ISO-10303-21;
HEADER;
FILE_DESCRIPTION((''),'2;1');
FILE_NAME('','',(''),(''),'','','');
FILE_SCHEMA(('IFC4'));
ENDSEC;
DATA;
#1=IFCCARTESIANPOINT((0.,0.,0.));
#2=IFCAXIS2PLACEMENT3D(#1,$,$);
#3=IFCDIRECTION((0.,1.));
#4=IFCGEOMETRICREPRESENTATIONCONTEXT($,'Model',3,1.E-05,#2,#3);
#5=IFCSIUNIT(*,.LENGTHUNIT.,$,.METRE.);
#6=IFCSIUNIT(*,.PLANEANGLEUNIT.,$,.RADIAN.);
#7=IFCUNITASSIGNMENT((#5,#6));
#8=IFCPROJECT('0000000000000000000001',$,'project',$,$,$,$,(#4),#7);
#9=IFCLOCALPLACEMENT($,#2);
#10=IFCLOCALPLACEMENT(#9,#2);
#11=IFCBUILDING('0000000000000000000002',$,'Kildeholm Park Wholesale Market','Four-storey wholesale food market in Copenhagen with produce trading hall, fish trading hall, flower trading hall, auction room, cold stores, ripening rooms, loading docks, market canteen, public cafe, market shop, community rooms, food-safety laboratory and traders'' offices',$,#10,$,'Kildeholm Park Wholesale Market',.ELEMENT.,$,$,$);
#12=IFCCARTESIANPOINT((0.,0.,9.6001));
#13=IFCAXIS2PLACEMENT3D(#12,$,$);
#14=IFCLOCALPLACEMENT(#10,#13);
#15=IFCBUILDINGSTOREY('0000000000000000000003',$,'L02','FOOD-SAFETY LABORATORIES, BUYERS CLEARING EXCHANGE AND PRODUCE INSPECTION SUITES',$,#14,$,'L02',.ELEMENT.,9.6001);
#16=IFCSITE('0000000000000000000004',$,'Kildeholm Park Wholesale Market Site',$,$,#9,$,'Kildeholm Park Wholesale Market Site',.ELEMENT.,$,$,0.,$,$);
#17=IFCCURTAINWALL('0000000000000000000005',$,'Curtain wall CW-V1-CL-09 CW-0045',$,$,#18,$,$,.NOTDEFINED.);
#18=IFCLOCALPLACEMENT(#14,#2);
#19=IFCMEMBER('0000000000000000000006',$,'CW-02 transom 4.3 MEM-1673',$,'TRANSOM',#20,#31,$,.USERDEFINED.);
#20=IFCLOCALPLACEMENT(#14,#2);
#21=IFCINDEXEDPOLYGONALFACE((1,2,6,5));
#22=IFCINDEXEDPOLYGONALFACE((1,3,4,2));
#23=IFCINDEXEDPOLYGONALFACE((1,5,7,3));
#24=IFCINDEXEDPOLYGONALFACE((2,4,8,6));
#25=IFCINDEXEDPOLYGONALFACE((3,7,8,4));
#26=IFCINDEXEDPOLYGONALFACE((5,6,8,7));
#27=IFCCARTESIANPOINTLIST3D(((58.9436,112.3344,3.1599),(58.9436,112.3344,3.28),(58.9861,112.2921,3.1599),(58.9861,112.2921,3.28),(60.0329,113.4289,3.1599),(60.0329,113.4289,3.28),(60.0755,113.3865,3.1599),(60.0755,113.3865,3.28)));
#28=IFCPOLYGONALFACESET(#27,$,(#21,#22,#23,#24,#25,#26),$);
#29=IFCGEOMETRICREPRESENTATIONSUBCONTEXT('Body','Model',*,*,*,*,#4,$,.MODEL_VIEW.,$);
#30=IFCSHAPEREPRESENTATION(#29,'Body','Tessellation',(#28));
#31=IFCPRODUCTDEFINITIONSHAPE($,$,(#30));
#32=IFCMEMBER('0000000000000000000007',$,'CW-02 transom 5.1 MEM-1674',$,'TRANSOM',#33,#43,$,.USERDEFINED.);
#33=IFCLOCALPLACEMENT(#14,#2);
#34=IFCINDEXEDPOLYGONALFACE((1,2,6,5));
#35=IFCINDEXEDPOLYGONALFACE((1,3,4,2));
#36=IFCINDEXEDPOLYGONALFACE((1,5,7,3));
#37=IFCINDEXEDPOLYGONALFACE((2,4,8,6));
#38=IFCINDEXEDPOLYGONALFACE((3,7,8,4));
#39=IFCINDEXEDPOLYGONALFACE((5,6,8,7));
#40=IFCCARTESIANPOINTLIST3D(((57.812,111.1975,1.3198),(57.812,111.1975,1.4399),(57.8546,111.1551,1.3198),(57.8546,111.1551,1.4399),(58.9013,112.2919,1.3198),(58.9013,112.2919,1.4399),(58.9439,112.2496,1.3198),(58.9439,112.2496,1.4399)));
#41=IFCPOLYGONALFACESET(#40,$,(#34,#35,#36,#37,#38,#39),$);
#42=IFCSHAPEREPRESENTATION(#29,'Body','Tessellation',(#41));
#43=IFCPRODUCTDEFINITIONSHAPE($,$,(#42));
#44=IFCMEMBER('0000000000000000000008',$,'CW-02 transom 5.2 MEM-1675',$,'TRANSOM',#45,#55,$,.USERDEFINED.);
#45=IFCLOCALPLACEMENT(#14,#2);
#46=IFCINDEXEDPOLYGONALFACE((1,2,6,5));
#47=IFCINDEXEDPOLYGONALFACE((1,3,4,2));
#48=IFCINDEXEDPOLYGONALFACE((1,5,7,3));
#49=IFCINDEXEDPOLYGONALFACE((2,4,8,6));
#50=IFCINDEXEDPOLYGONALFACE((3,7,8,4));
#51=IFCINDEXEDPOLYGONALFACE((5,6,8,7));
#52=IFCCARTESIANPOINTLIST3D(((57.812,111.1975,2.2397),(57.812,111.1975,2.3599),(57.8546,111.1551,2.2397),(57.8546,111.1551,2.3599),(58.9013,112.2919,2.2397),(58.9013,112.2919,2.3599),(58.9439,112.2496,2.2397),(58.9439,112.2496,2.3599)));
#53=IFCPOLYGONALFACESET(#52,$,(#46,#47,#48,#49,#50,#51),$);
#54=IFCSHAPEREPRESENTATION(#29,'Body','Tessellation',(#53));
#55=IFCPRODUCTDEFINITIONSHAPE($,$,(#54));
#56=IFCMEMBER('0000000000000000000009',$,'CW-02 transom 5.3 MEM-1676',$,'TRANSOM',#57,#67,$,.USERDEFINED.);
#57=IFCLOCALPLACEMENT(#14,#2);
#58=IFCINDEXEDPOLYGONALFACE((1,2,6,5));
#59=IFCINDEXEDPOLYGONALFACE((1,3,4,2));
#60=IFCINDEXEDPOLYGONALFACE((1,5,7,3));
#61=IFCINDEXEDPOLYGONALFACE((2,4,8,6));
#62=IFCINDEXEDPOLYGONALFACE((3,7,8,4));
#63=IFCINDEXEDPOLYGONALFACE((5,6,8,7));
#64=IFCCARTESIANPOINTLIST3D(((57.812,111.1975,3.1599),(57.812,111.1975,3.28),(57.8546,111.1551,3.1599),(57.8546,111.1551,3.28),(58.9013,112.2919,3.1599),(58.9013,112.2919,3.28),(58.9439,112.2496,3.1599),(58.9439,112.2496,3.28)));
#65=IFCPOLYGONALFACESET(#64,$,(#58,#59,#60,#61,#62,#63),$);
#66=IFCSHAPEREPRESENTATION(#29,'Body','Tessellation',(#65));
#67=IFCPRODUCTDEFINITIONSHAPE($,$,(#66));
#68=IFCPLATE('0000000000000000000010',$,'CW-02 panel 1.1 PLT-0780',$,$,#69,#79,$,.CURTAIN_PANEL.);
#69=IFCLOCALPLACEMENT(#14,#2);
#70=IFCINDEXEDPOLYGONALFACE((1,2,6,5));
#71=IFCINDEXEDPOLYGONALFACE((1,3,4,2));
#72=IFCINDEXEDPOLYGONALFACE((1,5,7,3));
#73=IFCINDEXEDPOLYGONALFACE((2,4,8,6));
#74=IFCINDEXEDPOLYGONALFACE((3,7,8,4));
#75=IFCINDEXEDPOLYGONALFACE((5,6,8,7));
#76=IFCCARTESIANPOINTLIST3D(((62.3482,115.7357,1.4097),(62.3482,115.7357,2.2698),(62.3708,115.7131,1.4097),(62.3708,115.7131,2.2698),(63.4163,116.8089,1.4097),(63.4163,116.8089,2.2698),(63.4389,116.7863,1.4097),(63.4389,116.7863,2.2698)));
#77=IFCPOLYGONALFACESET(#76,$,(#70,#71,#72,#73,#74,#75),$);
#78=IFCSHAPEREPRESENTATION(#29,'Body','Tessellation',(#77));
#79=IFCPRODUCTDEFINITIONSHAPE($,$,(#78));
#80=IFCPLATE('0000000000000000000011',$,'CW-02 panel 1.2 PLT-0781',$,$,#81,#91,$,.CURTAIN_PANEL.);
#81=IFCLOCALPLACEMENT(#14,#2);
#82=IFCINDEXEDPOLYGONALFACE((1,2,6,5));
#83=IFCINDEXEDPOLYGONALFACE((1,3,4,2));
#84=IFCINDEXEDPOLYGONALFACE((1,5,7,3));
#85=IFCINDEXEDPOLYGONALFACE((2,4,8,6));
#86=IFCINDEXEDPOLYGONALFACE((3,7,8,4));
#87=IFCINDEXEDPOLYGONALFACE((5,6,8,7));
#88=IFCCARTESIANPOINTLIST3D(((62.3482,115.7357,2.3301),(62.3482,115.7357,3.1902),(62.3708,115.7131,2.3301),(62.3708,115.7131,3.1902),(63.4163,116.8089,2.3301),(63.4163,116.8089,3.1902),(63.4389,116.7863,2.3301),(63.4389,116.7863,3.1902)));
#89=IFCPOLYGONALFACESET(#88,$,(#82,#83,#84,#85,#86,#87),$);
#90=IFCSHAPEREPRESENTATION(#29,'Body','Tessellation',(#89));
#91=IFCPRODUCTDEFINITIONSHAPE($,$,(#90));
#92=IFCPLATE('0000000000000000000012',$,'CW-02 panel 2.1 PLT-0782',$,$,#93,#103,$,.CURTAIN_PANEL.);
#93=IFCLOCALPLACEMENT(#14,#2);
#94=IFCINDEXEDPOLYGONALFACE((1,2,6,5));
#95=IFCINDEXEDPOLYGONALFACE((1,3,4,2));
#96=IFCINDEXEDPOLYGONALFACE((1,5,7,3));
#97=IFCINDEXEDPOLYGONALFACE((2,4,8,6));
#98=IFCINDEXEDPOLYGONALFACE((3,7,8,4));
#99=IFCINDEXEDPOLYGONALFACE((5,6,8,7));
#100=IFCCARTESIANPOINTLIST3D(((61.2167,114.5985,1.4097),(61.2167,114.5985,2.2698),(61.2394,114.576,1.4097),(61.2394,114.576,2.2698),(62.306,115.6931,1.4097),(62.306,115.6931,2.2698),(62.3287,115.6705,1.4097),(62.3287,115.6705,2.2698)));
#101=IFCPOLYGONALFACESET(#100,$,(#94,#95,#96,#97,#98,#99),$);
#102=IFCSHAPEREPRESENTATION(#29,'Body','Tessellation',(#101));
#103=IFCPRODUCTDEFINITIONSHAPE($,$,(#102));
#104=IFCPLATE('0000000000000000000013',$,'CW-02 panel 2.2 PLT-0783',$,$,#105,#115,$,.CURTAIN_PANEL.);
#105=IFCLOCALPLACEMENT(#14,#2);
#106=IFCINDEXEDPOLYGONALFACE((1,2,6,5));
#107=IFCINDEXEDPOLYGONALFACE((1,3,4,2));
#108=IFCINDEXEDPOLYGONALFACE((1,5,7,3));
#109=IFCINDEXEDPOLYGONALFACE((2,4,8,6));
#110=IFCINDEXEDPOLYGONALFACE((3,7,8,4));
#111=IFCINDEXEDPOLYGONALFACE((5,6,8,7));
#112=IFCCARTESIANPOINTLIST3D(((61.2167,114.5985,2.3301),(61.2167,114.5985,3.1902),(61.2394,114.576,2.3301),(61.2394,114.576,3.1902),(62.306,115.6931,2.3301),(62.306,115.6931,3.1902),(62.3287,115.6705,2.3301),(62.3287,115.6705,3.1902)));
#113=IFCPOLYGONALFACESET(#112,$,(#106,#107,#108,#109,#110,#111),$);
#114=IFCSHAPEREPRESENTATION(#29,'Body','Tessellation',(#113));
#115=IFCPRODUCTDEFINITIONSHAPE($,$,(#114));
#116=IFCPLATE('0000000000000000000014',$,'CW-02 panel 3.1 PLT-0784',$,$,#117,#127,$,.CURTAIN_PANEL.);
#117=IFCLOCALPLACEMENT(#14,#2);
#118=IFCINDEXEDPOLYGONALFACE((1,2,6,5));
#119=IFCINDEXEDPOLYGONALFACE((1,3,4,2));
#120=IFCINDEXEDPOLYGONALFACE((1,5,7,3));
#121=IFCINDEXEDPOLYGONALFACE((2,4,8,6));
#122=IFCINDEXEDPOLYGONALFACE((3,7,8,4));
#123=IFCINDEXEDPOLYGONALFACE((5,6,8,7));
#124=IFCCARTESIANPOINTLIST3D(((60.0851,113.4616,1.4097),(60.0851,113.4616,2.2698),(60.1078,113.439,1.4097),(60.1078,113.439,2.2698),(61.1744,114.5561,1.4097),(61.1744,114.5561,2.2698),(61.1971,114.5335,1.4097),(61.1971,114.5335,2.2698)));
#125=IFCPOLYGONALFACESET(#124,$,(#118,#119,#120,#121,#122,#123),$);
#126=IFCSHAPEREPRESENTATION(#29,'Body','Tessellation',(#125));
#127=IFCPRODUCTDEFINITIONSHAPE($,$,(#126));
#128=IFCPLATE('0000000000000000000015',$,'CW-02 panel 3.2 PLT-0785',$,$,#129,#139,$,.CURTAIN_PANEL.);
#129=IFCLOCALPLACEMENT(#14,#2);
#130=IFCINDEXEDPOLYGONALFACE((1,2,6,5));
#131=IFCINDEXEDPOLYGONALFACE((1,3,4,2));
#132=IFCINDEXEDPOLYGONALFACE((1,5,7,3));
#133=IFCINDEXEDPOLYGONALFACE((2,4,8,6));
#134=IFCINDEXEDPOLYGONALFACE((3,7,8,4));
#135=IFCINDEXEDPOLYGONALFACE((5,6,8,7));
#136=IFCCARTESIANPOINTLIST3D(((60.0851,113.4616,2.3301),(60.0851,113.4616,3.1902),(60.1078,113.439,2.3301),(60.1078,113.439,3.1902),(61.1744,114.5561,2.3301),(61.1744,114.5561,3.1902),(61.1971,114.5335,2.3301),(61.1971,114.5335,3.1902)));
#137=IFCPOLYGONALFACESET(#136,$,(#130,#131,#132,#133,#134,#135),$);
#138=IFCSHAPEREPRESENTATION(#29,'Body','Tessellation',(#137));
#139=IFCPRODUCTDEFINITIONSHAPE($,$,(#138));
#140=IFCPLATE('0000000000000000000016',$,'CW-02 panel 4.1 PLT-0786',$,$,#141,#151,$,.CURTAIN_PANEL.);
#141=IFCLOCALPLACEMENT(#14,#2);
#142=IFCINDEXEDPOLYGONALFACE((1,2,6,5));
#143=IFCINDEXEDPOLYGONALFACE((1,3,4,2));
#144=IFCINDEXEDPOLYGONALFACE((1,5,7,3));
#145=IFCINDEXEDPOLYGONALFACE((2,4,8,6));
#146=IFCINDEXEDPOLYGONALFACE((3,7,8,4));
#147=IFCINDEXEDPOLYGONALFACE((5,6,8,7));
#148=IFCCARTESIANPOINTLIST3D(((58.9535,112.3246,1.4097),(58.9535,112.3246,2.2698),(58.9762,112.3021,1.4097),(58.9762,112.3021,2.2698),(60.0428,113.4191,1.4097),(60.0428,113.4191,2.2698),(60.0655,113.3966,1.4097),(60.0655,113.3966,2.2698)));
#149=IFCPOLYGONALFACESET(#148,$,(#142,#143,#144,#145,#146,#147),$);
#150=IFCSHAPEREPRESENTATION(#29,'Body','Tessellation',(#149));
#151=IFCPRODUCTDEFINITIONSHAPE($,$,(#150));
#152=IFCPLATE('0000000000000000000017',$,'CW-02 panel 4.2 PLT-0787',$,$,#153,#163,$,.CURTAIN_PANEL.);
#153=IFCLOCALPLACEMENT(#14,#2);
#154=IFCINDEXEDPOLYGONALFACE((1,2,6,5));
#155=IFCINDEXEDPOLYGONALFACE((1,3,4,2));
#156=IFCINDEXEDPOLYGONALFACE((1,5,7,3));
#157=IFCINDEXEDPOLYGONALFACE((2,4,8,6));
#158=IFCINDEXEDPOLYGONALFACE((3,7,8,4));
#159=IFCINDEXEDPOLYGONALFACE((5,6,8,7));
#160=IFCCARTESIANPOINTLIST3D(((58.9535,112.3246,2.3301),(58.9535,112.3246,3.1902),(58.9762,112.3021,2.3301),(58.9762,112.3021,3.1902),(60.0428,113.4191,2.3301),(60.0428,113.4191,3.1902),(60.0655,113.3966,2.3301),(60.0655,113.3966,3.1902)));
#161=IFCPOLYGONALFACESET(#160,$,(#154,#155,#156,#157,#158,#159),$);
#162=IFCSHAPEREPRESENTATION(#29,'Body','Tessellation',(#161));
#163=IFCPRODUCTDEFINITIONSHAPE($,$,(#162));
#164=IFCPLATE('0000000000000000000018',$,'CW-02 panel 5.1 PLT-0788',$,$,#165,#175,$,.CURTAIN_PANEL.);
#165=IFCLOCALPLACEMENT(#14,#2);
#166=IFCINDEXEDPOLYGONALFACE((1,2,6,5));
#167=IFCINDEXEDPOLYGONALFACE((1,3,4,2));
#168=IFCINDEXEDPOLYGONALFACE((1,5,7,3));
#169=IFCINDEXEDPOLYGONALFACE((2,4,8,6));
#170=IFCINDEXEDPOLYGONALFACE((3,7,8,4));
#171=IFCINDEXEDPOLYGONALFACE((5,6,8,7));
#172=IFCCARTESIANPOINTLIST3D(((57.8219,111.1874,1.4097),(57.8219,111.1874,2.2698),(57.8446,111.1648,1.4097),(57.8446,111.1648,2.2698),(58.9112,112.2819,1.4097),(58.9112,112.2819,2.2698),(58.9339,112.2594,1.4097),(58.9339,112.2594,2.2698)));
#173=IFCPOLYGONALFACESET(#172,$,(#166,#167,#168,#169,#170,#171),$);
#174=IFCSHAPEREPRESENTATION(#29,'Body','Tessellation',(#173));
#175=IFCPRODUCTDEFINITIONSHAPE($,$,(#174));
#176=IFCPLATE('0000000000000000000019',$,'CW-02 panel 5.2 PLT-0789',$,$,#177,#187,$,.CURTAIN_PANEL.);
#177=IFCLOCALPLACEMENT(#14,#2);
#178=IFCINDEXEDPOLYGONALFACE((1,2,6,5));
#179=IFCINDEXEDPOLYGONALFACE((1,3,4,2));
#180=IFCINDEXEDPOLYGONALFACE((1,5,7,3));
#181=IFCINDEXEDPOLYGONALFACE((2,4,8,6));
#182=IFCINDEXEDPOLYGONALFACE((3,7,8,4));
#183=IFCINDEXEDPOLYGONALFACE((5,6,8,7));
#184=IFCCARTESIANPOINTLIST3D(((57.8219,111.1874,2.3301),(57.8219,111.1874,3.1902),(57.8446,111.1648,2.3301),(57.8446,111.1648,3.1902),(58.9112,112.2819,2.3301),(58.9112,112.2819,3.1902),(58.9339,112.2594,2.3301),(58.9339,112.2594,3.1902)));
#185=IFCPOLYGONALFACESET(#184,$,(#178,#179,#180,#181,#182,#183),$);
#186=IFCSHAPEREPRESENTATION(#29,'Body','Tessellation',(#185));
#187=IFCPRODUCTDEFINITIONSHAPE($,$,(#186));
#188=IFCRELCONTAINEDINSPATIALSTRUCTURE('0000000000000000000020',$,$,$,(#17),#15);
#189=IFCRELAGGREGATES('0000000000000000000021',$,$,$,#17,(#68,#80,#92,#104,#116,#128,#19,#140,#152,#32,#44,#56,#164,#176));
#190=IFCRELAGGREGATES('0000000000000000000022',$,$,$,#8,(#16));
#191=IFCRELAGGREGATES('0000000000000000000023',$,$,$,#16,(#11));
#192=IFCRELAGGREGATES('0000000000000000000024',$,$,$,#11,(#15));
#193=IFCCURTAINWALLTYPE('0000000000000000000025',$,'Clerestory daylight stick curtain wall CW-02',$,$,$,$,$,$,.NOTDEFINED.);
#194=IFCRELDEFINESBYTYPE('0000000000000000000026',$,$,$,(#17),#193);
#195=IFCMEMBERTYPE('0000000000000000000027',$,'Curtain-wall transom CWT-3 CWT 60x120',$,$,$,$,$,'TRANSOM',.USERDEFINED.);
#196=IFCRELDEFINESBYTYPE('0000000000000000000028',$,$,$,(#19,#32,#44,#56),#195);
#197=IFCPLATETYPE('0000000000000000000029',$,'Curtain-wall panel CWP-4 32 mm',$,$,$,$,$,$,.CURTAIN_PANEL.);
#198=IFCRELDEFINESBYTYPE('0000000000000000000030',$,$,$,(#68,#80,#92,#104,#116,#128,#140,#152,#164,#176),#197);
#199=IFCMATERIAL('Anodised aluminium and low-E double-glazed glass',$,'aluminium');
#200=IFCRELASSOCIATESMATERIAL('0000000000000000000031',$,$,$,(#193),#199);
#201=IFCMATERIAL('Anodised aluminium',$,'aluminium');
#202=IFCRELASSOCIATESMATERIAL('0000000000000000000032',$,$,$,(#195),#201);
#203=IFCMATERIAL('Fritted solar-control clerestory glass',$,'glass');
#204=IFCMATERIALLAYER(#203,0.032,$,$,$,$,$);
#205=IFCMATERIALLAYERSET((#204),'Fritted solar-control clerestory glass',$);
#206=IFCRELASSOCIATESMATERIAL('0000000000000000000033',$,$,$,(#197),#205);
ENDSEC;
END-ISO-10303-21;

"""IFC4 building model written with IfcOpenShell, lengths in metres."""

from ifc_helpers import new_model, si_unit, direction, frame, origin, origin_2d, place, context, subcontext, project, spatial, rectangle, extrude, material, layer, layer_set, material_profile, profile_set, type_object, element, aggregate, save


model = new_model("IFC4")

# Units and contexts
model_context = context("Model", 3, precision=1e-05, world=origin(), true_north=direction((0.0, 1.0)))
body_context = subcontext(model_context, "Body", "Model", "MODEL_VIEW")
ifc_project = project(units=[si_unit("LENGTHUNIT", "METRE"), si_unit("PLANEANGLEUNIT", "RADIAN")], contexts=[model_context])

# Site, building, storey
site_placement = place(None, origin())
site = spatial("IfcSite", under=ifc_project, at=site_placement, Name="Kildeholm Park Wholesale Market Site", LongName="Kildeholm Park Wholesale Market Site", CompositionType="ELEMENT", RefElevation=0.0)
building_placement = place(site_placement, origin())
building = spatial("IfcBuilding", under=site, at=building_placement, Name="Kildeholm Park Wholesale Market", Description="Four-storey wholesale food market in Copenhagen with produce trading hall, fish trading hall, flower trading hall, auction room, cold stores, ripening rooms, loading docks, market canteen, public cafe, market shop, community rooms, food-safety laboratory and traders' offices", LongName="Kildeholm Park Wholesale Market", CompositionType="ELEMENT")
storey_placement = place(building_placement, frame((0.0, 0.0, 9.6001)))
storey = spatial("IfcBuildingStorey", under=building, at=storey_placement, Name="L02", Description="FOOD-SAFETY LABORATORIES, BUYERS CLEARING EXCHANGE AND PRODUCE INSPECTION SUITES", LongName="L02", CompositionType="ELEMENT", Elevation=9.6001)

# Curtain wall, members, plates
ifc_material_1 = material(Name="Anodised aluminium and low-E double-glazed glass", Category="aluminium")
curtain_wall_type = type_object("IfcCurtainWallType", Name="Clerestory daylight stick curtain wall CW-02", PredefinedType="NOTDEFINED", material=ifc_material_1)
curtain_wall_placement = place(storey_placement, origin())
curtain_wall = element("IfcCurtainWall", 1, at=curtain_wall_placement, inside=storey, type_object=curtain_wall_type, Name="Curtain wall CW-V1-CL-09 CW-0045", PredefinedType="NOTDEFINED")
ifc_material_2 = material(Name="Anodised aluminium", Category="aluminium")
ifc_material_profile_1 = material_profile(ifc_material_2, rectangle(XDim=0.0601, YDim=0.1201, at=origin_2d()), Name="CWT 60x120")
ifc_profile_set_1 = profile_set([ifc_material_profile_1], Name="Anodised aluminium")
member_type_1 = type_object("IfcMemberType", Name="Curtain-wall transom CWT-3 CWT 60x120", ElementType="TRANSOM", PredefinedType="USERDEFINED", material=ifc_profile_set_1)
member_1_placement = place(storey_placement, frame((60.0542, 113.4077, 3.22), z_axis=(-0.705445, -0.708765, 0.0), x_axis=(0.708765, -0.705445, 0.0)))
member_1 = element("IfcMember", 2, at=member_1_placement, type_object=member_type_1, Name="CW-02 transom 4.3 MEM-1673", ObjectType="TRANSOM", PredefinedType="USERDEFINED", context=body_context, shape_type="SweptSolid", body=[
    extrude(rectangle(XDim=0.0601, YDim=0.1201, at=origin_2d()), origin(), (0.0, 0.0, 1.0), 1.5442),
])
member_2_placement = place(storey_placement, frame((58.9226, 112.2708, 1.3799), z_axis=(-0.705445, -0.708765, 0.0), x_axis=(0.708765, -0.705445, 0.0)))
member_2 = element("IfcMember", 3, at=member_2_placement, type_object=member_type_1, Name="CW-02 transom 5.1 MEM-1674", ObjectType="TRANSOM", PredefinedType="USERDEFINED", context=body_context, shape_type="SweptSolid", body=[
    extrude(rectangle(XDim=0.0601, YDim=0.1201, at=origin_2d()), origin(), (0.0, 0.0, 1.0), 1.5442),
])
member_3_placement = place(storey_placement, frame((58.9226, 112.2708, 2.2998), z_axis=(-0.705445, -0.708765, 0.0), x_axis=(0.708765, -0.705445, 0.0)))
member_3 = element("IfcMember", 4, at=member_3_placement, type_object=member_type_1, Name="CW-02 transom 5.2 MEM-1675", ObjectType="TRANSOM", PredefinedType="USERDEFINED", context=body_context, shape_type="SweptSolid", body=[
    extrude(rectangle(XDim=0.0601, YDim=0.1201, at=origin_2d()), origin(), (0.0, 0.0, 1.0), 1.5442),
])
member_4_placement = place(storey_placement, frame((58.9226, 112.2708, 3.22), z_axis=(-0.705445, -0.708765, 0.0), x_axis=(0.708765, -0.705445, 0.0)))
member_4 = element("IfcMember", 5, at=member_4_placement, type_object=member_type_1, Name="CW-02 transom 5.3 MEM-1676", ObjectType="TRANSOM", PredefinedType="USERDEFINED", context=body_context, shape_type="SweptSolid", body=[
    extrude(rectangle(XDim=0.0601, YDim=0.1201, at=origin_2d()), origin(), (0.0, 0.0, 1.0), 1.5442),
])
ifc_material_3 = material(Name="Fritted solar-control clerestory glass", Category="glass")
ifc_layer = layer(ifc_material_3, 0.032)
ifc_layer_set = layer_set([ifc_layer], Name="Fritted solar-control clerestory glass")
plate_type = type_object("IfcPlateType", Name="Curtain-wall panel CWP-4 32 mm", PredefinedType="CURTAIN_PANEL", material=ifc_layer_set)
plate_1_placement = place(storey_placement, frame((62.8936, 116.261, 1.4097), z_axis=(0.0, 0.0, 1.0), x_axis=(-0.705413, -0.708797, 0.0)))
plate_1 = element("IfcPlate", 6, at=plate_1_placement, type_object=plate_type, Name="CW-02 panel 1.1 PLT-0780", PredefinedType="CURTAIN_PANEL", context=body_context, shape_type="SweptSolid", body=[
    extrude(rectangle(XDim=1.5142, YDim=0.032, at=origin_2d()), origin(), (0.0, 0.0, 1.0), 0.8601),
])
plate_2_placement = place(storey_placement, frame((62.8936, 116.261, 2.3301), z_axis=(0.0, 0.0, 1.0), x_axis=(-0.705413, -0.708797, 0.0)))
plate_2 = element("IfcPlate", 7, at=plate_2_placement, type_object=plate_type, Name="CW-02 panel 1.2 PLT-0781", PredefinedType="CURTAIN_PANEL", context=body_context, shape_type="SweptSolid", body=[
    extrude(rectangle(XDim=1.5142, YDim=0.032, at=origin_2d()), origin(), (0.0, 0.0, 1.0), 0.8601),
])
plate_3_placement = place(storey_placement, frame((61.7727, 115.1345, 1.4097), z_axis=(0.0, 0.0, 1.0), x_axis=(-0.705413, -0.708797, 0.0)))
plate_3 = element("IfcPlate", 8, at=plate_3_placement, type_object=plate_type, Name="CW-02 panel 2.1 PLT-0782", PredefinedType="CURTAIN_PANEL", context=body_context, shape_type="SweptSolid", body=[
    extrude(rectangle(XDim=1.5442, YDim=0.032, at=origin_2d()), origin(), (0.0, 0.0, 1.0), 0.8601),
])
plate_4_placement = place(storey_placement, frame((61.7727, 115.1345, 2.3301), z_axis=(0.0, 0.0, 1.0), x_axis=(-0.705413, -0.708797, 0.0)))
plate_4 = element("IfcPlate", 9, at=plate_4_placement, type_object=plate_type, Name="CW-02 panel 2.2 PLT-0783", PredefinedType="CURTAIN_PANEL", context=body_context, shape_type="SweptSolid", body=[
    extrude(rectangle(XDim=1.5442, YDim=0.032, at=origin_2d()), origin(), (0.0, 0.0, 1.0), 0.8601),
])
plate_5_placement = place(storey_placement, frame((60.6411, 113.9976, 1.4097), z_axis=(0.0, 0.0, 1.0), x_axis=(-0.705413, -0.708797, 0.0)))
plate_5 = element("IfcPlate", 10, at=plate_5_placement, type_object=plate_type, Name="CW-02 panel 3.1 PLT-0784", PredefinedType="CURTAIN_PANEL", context=body_context, shape_type="SweptSolid", body=[
    extrude(rectangle(XDim=1.5442, YDim=0.032, at=origin_2d()), origin(), (0.0, 0.0, 1.0), 0.8601),
])
plate_6_placement = place(storey_placement, frame((60.6411, 113.9976, 2.3301), z_axis=(0.0, 0.0, 1.0), x_axis=(-0.705413, -0.708797, 0.0)))
plate_6 = element("IfcPlate", 11, at=plate_6_placement, type_object=plate_type, Name="CW-02 panel 3.2 PLT-0785", PredefinedType="CURTAIN_PANEL", context=body_context, shape_type="SweptSolid", body=[
    extrude(rectangle(XDim=1.5442, YDim=0.032, at=origin_2d()), origin(), (0.0, 0.0, 1.0), 0.8601),
])
plate_7_placement = place(storey_placement, frame((59.5095, 112.8606, 1.4097), z_axis=(0.0, 0.0, 1.0), x_axis=(-0.705413, -0.708797, 0.0)))
plate_7 = element("IfcPlate", 12, at=plate_7_placement, type_object=plate_type, Name="CW-02 panel 4.1 PLT-0786", PredefinedType="CURTAIN_PANEL", context=body_context, shape_type="SweptSolid", body=[
    extrude(rectangle(XDim=1.5442, YDim=0.032, at=origin_2d()), origin(), (0.0, 0.0, 1.0), 0.8601),
])
plate_8_placement = place(storey_placement, frame((59.5095, 112.8606, 2.3301), z_axis=(0.0, 0.0, 1.0), x_axis=(-0.705413, -0.708797, 0.0)))
plate_8 = element("IfcPlate", 13, at=plate_8_placement, type_object=plate_type, Name="CW-02 panel 4.2 PLT-0787", PredefinedType="CURTAIN_PANEL", context=body_context, shape_type="SweptSolid", body=[
    extrude(rectangle(XDim=1.5442, YDim=0.032, at=origin_2d()), origin(), (0.0, 0.0, 1.0), 0.8601),
])
plate_9_placement = place(storey_placement, frame((58.3779, 111.7234, 1.4097), z_axis=(0.0, 0.0, 1.0), x_axis=(-0.705413, -0.708797, 0.0)))
plate_9 = element("IfcPlate", 14, at=plate_9_placement, type_object=plate_type, Name="CW-02 panel 5.1 PLT-0788", PredefinedType="CURTAIN_PANEL", context=body_context, shape_type="SweptSolid", body=[
    extrude(rectangle(XDim=1.5442, YDim=0.032, at=origin_2d()), origin(), (0.0, 0.0, 1.0), 0.8601),
])
plate_10_placement = place(storey_placement, frame((58.3779, 111.7234, 2.3301), z_axis=(0.0, 0.0, 1.0), x_axis=(-0.705413, -0.708797, 0.0)))
plate_10 = element("IfcPlate", 15, at=plate_10_placement, type_object=plate_type, Name="CW-02 panel 5.2 PLT-0789", PredefinedType="CURTAIN_PANEL", context=body_context, shape_type="SweptSolid", body=[
    extrude(rectangle(XDim=1.5442, YDim=0.032, at=origin_2d()), origin(), (0.0, 0.0, 1.0), 0.8601),
])
aggregate(curtain_wall, [plate_1, plate_2, plate_3, plate_4, plate_5, plate_6, member_1, plate_7, plate_8, member_2, member_3, member_4, plate_9, plate_10])

save(model, "model.ifc")
